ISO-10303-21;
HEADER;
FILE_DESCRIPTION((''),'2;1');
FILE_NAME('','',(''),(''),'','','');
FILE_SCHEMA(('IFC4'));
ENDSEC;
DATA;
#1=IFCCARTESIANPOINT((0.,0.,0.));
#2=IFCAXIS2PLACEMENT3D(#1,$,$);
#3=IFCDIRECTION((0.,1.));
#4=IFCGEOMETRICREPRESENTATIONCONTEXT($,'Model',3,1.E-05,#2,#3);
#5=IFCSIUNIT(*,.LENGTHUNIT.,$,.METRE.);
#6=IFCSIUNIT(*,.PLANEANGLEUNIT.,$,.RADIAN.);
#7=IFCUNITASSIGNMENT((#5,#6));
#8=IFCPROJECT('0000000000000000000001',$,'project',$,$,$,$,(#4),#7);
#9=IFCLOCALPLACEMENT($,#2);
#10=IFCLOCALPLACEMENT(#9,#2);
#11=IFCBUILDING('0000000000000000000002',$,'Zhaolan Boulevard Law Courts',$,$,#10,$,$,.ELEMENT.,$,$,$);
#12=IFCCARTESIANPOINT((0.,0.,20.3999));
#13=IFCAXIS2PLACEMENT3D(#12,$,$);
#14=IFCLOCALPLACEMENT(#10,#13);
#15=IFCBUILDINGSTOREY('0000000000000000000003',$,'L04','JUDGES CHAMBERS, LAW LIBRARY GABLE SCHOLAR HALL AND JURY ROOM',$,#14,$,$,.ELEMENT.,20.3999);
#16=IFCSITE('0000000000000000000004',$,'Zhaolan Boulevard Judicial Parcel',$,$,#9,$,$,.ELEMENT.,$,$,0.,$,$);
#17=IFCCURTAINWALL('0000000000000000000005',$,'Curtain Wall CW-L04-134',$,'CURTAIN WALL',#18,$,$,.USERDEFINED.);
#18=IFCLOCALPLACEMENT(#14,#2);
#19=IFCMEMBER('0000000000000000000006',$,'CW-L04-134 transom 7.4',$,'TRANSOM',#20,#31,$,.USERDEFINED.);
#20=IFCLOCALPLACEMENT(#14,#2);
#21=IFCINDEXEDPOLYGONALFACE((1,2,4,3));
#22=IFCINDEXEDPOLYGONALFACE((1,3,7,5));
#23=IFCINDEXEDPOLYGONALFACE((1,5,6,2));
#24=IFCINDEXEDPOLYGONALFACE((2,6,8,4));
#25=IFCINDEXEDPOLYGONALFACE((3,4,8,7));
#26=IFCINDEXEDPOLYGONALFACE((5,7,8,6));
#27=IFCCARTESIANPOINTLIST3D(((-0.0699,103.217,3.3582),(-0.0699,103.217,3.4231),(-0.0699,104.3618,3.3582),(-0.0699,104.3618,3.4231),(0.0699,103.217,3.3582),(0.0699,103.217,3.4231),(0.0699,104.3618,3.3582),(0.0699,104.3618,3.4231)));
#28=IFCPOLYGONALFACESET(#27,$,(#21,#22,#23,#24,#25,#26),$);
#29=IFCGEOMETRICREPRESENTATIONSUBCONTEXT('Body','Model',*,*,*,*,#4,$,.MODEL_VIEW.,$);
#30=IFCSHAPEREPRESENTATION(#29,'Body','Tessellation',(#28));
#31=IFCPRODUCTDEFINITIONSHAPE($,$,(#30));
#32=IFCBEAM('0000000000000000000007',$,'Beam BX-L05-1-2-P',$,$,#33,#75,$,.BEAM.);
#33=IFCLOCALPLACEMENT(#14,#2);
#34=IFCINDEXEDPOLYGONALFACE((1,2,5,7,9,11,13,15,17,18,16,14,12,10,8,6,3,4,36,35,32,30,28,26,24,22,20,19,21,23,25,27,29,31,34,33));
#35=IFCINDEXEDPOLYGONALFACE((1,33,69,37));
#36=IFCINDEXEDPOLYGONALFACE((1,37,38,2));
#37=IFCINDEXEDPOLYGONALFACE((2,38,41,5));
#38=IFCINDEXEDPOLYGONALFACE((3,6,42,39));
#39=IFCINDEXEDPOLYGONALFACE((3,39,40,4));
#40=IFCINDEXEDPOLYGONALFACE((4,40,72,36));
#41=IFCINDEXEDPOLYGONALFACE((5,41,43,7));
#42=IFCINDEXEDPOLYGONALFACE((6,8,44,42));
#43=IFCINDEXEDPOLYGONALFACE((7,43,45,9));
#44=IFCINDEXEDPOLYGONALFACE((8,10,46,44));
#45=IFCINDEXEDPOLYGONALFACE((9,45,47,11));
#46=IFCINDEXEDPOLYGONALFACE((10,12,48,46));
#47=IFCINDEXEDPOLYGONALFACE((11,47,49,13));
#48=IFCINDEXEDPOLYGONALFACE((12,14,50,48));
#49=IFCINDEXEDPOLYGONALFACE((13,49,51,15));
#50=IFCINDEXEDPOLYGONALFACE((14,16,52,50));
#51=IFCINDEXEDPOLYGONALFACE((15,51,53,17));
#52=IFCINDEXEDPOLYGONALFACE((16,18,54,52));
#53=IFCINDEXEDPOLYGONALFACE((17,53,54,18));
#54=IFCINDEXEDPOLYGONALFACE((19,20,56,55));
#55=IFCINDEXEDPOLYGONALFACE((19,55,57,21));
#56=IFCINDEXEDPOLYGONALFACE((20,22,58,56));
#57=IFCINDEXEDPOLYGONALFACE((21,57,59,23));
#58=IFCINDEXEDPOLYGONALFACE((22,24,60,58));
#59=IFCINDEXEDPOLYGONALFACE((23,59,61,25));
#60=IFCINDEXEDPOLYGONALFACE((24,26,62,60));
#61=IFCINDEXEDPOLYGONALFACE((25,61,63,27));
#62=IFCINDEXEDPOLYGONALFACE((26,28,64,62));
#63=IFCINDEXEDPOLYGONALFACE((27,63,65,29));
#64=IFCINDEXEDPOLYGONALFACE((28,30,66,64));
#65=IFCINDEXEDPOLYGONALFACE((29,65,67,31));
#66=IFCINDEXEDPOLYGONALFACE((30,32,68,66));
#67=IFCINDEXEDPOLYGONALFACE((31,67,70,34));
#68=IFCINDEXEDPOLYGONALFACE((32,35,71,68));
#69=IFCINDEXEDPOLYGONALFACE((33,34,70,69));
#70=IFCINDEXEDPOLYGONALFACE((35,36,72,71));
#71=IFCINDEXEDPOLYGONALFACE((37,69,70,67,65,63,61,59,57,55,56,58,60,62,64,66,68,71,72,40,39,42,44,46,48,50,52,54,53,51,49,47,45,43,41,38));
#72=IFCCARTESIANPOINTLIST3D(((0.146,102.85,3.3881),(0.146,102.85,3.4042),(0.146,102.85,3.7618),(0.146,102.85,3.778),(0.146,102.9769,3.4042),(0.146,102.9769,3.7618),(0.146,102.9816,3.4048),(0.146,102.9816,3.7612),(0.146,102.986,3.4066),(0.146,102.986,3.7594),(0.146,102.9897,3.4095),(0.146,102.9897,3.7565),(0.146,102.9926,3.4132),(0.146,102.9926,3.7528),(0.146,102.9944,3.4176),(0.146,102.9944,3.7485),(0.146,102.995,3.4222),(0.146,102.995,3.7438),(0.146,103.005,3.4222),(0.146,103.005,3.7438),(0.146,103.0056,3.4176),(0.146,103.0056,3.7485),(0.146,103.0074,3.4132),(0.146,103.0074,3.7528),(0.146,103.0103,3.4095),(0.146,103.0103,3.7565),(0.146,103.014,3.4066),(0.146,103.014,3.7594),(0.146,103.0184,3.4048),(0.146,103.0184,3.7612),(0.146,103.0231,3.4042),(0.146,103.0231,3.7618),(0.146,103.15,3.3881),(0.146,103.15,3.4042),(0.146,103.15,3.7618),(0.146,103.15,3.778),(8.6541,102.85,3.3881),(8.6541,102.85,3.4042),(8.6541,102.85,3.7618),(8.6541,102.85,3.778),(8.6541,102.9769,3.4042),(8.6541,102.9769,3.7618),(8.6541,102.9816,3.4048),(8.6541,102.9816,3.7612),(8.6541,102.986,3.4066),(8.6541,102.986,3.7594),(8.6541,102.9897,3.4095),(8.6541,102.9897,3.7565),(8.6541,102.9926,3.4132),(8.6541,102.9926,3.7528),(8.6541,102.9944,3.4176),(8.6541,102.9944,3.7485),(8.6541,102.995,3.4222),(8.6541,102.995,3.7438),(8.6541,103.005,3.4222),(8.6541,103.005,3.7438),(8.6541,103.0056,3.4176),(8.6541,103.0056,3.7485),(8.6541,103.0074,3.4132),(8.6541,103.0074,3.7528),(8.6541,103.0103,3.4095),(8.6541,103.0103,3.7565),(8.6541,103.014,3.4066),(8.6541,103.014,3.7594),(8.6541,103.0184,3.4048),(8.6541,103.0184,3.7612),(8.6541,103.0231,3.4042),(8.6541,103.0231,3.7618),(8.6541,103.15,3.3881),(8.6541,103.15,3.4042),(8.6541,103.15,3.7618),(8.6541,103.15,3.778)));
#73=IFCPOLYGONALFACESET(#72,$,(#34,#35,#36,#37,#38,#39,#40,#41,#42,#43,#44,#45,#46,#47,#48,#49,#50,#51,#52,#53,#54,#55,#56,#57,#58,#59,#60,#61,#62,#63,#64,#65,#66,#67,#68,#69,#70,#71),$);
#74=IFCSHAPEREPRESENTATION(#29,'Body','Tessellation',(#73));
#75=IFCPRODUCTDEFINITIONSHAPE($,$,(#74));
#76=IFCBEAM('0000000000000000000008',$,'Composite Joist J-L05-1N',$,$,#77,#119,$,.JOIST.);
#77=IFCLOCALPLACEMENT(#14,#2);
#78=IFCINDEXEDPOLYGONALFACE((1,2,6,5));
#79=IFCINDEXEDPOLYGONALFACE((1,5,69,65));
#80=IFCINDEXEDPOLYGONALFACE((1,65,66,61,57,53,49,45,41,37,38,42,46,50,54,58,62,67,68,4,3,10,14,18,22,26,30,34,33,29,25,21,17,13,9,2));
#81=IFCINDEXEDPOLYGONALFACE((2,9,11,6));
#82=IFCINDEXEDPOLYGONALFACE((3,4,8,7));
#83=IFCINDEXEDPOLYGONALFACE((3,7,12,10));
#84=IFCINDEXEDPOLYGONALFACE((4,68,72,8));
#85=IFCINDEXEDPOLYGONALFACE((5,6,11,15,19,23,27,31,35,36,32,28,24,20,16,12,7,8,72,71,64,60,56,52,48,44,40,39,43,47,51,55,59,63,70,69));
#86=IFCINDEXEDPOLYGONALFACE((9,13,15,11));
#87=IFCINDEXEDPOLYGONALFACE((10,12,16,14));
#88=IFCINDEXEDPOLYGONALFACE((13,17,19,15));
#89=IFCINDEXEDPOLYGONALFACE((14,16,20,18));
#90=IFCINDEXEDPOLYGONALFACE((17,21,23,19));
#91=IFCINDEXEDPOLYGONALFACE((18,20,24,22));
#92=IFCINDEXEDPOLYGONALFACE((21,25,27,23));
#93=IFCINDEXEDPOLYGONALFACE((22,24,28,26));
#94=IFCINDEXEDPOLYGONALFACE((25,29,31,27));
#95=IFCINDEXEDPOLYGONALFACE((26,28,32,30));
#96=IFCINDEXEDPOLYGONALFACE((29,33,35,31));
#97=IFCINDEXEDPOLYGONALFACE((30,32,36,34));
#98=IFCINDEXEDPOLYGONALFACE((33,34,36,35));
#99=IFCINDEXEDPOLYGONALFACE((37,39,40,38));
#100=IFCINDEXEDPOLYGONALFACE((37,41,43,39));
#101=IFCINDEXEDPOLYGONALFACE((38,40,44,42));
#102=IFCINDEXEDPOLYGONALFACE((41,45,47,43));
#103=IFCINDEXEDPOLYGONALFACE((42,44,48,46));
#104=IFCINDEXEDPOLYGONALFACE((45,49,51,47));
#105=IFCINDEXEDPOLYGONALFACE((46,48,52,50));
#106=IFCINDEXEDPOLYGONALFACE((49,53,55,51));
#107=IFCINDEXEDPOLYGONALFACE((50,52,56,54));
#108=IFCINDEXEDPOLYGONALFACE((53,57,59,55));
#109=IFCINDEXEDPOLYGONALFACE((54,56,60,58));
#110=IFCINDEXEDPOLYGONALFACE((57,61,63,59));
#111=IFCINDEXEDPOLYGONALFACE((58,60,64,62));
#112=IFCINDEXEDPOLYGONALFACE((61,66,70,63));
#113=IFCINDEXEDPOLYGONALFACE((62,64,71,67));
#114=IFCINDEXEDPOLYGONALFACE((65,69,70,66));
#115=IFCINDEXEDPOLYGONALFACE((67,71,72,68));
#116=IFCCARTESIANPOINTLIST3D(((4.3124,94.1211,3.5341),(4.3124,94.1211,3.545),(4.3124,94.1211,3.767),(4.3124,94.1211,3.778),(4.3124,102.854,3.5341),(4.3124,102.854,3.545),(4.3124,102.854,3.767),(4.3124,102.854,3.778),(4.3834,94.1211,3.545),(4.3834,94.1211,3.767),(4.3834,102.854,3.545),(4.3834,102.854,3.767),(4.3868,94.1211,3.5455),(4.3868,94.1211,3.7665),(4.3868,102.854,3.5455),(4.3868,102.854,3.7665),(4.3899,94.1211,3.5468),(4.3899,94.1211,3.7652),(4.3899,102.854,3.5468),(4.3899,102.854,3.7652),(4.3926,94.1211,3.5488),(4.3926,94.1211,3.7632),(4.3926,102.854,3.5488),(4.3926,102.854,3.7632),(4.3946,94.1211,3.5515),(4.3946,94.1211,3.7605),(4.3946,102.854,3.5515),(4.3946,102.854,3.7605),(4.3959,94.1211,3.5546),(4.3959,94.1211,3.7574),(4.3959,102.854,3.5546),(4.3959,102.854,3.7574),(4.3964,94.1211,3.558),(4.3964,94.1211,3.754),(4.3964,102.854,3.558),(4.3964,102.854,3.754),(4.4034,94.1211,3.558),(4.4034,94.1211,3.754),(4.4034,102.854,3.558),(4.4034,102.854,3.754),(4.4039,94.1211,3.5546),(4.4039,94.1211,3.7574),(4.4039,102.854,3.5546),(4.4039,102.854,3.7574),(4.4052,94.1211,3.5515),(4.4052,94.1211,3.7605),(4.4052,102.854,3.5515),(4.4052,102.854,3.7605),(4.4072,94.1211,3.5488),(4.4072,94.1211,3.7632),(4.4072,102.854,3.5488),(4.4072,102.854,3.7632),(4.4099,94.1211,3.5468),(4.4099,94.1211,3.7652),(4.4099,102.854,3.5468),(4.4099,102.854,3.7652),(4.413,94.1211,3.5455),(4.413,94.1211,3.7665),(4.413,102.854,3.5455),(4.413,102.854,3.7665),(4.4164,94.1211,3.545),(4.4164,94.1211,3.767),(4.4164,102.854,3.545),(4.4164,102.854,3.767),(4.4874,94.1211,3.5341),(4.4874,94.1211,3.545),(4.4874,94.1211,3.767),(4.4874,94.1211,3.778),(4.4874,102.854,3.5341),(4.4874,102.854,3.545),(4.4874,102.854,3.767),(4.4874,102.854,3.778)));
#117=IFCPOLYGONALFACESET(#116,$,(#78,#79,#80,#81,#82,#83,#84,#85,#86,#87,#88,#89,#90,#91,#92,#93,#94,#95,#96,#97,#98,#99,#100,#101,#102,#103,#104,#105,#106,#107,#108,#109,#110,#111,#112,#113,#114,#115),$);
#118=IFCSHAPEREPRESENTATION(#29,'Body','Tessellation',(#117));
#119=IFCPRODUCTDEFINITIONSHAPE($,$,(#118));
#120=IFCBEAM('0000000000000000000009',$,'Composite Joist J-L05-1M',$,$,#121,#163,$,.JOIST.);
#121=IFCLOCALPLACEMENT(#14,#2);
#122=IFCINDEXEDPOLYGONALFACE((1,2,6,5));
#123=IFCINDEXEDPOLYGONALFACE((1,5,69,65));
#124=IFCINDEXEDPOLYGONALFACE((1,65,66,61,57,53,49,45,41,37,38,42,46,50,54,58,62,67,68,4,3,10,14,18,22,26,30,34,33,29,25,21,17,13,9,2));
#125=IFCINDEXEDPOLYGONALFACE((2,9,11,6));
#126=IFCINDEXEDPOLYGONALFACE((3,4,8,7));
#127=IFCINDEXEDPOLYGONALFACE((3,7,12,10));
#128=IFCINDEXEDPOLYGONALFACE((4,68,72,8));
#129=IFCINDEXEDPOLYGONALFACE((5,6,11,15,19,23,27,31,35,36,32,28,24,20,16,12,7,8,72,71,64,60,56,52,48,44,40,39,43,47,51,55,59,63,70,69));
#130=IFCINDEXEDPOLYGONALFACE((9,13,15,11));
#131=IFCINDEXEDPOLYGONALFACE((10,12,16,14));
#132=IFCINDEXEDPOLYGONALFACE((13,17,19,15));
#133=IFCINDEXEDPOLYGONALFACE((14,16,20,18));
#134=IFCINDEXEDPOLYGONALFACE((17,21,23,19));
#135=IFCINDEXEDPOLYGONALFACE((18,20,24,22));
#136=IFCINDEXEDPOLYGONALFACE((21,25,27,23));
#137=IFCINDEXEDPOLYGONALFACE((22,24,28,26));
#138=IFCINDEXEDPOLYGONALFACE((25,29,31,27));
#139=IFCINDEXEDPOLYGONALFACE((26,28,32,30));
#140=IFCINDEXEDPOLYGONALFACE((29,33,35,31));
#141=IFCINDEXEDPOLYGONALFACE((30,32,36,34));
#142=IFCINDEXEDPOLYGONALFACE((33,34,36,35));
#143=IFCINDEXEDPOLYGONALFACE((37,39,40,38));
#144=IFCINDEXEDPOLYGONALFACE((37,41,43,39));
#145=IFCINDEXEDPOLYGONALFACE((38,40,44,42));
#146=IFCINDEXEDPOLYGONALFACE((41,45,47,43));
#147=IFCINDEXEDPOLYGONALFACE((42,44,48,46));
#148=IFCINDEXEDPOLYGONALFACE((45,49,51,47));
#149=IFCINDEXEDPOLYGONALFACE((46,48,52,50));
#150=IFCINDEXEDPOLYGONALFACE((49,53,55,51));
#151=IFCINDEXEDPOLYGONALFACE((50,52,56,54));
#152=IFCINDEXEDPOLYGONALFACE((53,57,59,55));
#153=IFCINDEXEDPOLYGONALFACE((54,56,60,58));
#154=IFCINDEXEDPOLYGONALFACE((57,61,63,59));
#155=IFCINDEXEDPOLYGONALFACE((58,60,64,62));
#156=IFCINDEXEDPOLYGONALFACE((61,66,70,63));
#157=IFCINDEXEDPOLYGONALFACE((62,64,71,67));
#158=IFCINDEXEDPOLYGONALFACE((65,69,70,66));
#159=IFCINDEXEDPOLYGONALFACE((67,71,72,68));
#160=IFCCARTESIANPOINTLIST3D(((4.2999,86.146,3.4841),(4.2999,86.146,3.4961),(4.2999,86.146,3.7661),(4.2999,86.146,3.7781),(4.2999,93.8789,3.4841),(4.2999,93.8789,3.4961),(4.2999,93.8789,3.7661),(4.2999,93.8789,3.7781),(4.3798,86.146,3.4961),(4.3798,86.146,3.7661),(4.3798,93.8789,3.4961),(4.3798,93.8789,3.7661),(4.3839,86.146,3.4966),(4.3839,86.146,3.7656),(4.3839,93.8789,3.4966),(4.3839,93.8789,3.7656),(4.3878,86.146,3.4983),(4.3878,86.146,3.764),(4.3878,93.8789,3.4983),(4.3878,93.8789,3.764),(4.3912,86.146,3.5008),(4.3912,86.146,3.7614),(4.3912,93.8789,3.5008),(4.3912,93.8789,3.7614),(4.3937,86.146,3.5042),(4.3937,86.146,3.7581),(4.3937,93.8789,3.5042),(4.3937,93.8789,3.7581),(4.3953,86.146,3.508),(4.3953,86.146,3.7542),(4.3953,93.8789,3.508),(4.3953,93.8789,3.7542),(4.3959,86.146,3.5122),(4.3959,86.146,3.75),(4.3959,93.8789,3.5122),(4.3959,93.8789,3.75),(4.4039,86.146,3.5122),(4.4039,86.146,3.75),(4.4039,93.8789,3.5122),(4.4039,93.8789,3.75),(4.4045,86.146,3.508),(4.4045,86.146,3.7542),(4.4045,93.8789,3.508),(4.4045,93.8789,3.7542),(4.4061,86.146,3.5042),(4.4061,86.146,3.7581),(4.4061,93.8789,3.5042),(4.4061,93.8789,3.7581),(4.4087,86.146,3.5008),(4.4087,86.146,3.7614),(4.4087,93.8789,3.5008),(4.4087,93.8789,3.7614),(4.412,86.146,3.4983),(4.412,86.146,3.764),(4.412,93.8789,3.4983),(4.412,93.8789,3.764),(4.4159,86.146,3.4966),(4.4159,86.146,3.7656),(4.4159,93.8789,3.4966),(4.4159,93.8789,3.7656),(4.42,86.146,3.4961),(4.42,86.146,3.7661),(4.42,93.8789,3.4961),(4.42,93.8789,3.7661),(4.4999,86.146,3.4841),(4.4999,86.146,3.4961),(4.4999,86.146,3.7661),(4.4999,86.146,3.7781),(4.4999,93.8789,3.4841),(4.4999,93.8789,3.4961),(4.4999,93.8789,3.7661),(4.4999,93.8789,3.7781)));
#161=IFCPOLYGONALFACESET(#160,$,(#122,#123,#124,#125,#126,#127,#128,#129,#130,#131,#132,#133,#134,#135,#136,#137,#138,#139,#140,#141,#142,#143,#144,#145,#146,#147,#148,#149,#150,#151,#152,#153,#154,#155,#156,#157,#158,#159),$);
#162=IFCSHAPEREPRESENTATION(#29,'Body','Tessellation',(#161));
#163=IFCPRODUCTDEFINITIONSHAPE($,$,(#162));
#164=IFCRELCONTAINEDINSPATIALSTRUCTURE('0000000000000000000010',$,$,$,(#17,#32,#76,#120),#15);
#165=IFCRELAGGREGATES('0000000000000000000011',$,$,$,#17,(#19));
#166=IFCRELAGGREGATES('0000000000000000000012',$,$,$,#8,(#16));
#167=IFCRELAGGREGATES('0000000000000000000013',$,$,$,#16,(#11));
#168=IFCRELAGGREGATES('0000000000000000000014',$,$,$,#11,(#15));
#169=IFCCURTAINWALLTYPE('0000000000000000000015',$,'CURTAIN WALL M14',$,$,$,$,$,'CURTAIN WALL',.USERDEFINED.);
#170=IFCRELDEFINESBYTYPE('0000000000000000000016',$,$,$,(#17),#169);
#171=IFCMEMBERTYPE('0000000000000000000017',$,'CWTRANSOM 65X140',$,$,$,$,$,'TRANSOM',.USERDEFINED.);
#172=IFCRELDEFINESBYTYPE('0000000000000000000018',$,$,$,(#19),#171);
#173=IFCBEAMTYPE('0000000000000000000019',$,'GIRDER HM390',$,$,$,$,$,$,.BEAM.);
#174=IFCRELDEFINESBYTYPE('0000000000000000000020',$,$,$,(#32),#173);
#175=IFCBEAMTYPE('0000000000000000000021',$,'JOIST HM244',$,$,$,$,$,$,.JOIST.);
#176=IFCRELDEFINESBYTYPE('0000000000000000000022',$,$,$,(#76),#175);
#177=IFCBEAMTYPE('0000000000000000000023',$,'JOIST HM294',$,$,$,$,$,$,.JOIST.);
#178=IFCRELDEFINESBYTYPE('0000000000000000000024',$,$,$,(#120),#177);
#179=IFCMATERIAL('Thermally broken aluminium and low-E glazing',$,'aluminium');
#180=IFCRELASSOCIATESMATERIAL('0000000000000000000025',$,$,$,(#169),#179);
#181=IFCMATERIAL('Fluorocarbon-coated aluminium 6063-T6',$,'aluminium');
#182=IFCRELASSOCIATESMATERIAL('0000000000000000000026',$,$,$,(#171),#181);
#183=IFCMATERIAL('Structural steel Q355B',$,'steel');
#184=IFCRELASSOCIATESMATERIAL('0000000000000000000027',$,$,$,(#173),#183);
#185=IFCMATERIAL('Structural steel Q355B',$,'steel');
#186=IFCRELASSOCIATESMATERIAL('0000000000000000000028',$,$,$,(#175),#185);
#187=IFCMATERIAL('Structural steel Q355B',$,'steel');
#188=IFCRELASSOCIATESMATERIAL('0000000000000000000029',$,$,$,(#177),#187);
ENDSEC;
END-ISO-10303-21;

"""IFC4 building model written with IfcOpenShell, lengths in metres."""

from ifc_helpers import new_model, si_unit, direction, frame, origin, origin_2d, place, context, subcontext, project, spatial, rectangle, i_section, extrude, material, material_profile, profile_set, type_object, element, aggregate, save


model = new_model("IFC4")

# Units and contexts
model_context = context("Model", 3, precision=1e-05, world=origin(), true_north=direction((0.0, 1.0)))
body_context = subcontext(model_context, "Body", "Model", "MODEL_VIEW")
ifc_project = project(units=[si_unit("LENGTHUNIT", "METRE"), si_unit("PLANEANGLEUNIT", "RADIAN")], contexts=[model_context])

# Site, building, storey
site_placement = place(None, origin())
site = spatial("IfcSite", under=ifc_project, at=site_placement, Name="Zhaolan Boulevard Judicial Parcel", CompositionType="ELEMENT", RefElevation=0.0)
building_placement = place(site_placement, origin())
building = spatial("IfcBuilding", under=site, at=building_placement, Name="Zhaolan Boulevard Law Courts", CompositionType="ELEMENT")
storey_placement = place(building_placement, frame((0.0, 0.0, 20.3999)))
storey = spatial("IfcBuildingStorey", under=building, at=storey_placement, Name="L04", Description="JUDGES CHAMBERS, LAW LIBRARY GABLE SCHOLAR HALL AND JURY ROOM", CompositionType="ELEMENT", Elevation=20.3999)

# Curtain wall, member
ifc_material_1 = material(Name="Thermally broken aluminium and low-E glazing", Category="aluminium")
curtain_wall_type = type_object("IfcCurtainWallType", Name="CURTAIN WALL M14", ElementType="CURTAIN WALL", PredefinedType="USERDEFINED", material=ifc_material_1)
curtain_wall_placement = place(storey_placement, origin())
curtain_wall = element("IfcCurtainWall", 1, at=curtain_wall_placement, inside=storey, type_object=curtain_wall_type, Name="Curtain Wall CW-L04-134", ObjectType="CURTAIN WALL", PredefinedType="USERDEFINED")
ifc_material_2 = material(Name="Fluorocarbon-coated aluminium 6063-T6", Category="aluminium")
ifc_material_profile_1 = material_profile(ifc_material_2, rectangle(XDim=0.1399, YDim=0.0649, at=origin_2d()), Name="AL65x140")
ifc_profile_set_1 = profile_set([ifc_material_profile_1], Name="Fluorocarbon-coated aluminium 6063-T6")
member_type_1 = type_object("IfcMemberType", Name="CWTRANSOM 65X140", ElementType="TRANSOM", PredefinedType="USERDEFINED", material=ifc_profile_set_1)
member_1_placement = place(storey_placement, frame((0.0, 104.3618, 3.3906), z_axis=(0.0, -1.0, 0.0), x_axis=(1.0, 0.0, 0.0)))
member_1 = element("IfcMember", 2, at=member_1_placement, type_object=member_type_1, Name="CW-L04-134 transom 7.4", ObjectType="TRANSOM", PredefinedType="USERDEFINED", context=body_context, shape_type="SweptSolid", body=[
    extrude(rectangle(XDim=0.1399, YDim=0.0649, at=origin_2d()), origin(), (0.0, 0.0, 1.0), 1.1448),
])

# Beams
ifc_material_3 = material(Name="Structural steel Q355B", Category="steel")
ifc_material_profile_2 = material_profile(ifc_material_3, i_section(OverallWidth=0.3, OverallDepth=0.3899, WebThickness=0.01, FlangeThickness=0.0161, FilletRadius=0.0181, at=origin_2d()), Name="HM390x300")
ifc_profile_set_2 = profile_set([ifc_material_profile_2], Name="Structural steel Q355B")
beam_type_1 = type_object("IfcBeamType", Name="GIRDER HM390", PredefinedType="BEAM", material=ifc_profile_set_2)
beam_1_placement = place(storey_placement, frame((0.146, 103.0, 3.583), z_axis=(1.0, 0.0, 0.0), x_axis=(0.0, 1.0, 0.0)))
element("IfcBeam", 3, at=beam_1_placement, inside=storey, type_object=beam_type_1, Name="Beam BX-L05-1-2-P", PredefinedType="BEAM", context=body_context, shape_type="SweptSolid", body=[
    extrude(i_section(OverallWidth=0.3, OverallDepth=0.3899, WebThickness=0.01, FlangeThickness=0.0161, FilletRadius=0.0181, at=origin_2d()), origin(), (0.0, 0.0, 1.0), 8.5081),
])
ifc_material_4 = material(Name="Structural steel Q355B", Category="steel")
ifc_material_profile_3 = material_profile(ifc_material_4, i_section(OverallWidth=0.175, OverallDepth=0.2439, WebThickness=0.0071, FlangeThickness=0.011, FilletRadius=0.0129, at=origin_2d()), Name="HM244x175")
ifc_profile_set_3 = profile_set([ifc_material_profile_3], Name="Structural steel Q355B")
beam_type_2 = type_object("IfcBeamType", Name="JOIST HM244", PredefinedType="JOIST", material=ifc_profile_set_3)
beam_2_placement = place(storey_placement, frame((4.3999, 94.1211, 3.656), z_axis=(0.0, 1.0, 0.0), x_axis=(-1.0, 0.0, 0.0)))
element("IfcBeam", 4, at=beam_2_placement, inside=storey, type_object=beam_type_2, Name="Composite Joist J-L05-1N", PredefinedType="JOIST", context=body_context, shape_type="SweptSolid", body=[
    extrude(i_section(OverallWidth=0.175, OverallDepth=0.2439, WebThickness=0.0071, FlangeThickness=0.011, FilletRadius=0.0129, at=origin_2d()), origin(), (0.0, 0.0, 1.0), 8.7329),
])
ifc_material_5 = material(Name="Structural steel Q355B", Category="steel")
ifc_material_profile_4 = material_profile(ifc_material_5, i_section(OverallWidth=0.2, OverallDepth=0.2939, WebThickness=0.0081, FlangeThickness=0.012, FilletRadius=0.0161, at=origin_2d()), Name="HM294x200")
ifc_profile_set_4 = profile_set([ifc_material_profile_4], Name="Structural steel Q355B")
beam_type_3 = type_object("IfcBeamType", Name="JOIST HM294", PredefinedType="JOIST", material=ifc_profile_set_4)
beam_3_placement = place(storey_placement, frame((4.3999, 86.146, 3.6311), z_axis=(0.0, 1.0, 0.0), x_axis=(-1.0, 0.0, 0.0)))
element("IfcBeam", 5, at=beam_3_placement, inside=storey, type_object=beam_type_3, Name="Composite Joist J-L05-1M", PredefinedType="JOIST", context=body_context, shape_type="SweptSolid", body=[
    extrude(i_section(OverallWidth=0.2, OverallDepth=0.2939, WebThickness=0.0081, FlangeThickness=0.012, FilletRadius=0.0161, at=origin_2d()), origin(), (0.0, 0.0, 1.0), 7.7329),
])

aggregate(curtain_wall, [member_1])

save(model, "model.ifc")
